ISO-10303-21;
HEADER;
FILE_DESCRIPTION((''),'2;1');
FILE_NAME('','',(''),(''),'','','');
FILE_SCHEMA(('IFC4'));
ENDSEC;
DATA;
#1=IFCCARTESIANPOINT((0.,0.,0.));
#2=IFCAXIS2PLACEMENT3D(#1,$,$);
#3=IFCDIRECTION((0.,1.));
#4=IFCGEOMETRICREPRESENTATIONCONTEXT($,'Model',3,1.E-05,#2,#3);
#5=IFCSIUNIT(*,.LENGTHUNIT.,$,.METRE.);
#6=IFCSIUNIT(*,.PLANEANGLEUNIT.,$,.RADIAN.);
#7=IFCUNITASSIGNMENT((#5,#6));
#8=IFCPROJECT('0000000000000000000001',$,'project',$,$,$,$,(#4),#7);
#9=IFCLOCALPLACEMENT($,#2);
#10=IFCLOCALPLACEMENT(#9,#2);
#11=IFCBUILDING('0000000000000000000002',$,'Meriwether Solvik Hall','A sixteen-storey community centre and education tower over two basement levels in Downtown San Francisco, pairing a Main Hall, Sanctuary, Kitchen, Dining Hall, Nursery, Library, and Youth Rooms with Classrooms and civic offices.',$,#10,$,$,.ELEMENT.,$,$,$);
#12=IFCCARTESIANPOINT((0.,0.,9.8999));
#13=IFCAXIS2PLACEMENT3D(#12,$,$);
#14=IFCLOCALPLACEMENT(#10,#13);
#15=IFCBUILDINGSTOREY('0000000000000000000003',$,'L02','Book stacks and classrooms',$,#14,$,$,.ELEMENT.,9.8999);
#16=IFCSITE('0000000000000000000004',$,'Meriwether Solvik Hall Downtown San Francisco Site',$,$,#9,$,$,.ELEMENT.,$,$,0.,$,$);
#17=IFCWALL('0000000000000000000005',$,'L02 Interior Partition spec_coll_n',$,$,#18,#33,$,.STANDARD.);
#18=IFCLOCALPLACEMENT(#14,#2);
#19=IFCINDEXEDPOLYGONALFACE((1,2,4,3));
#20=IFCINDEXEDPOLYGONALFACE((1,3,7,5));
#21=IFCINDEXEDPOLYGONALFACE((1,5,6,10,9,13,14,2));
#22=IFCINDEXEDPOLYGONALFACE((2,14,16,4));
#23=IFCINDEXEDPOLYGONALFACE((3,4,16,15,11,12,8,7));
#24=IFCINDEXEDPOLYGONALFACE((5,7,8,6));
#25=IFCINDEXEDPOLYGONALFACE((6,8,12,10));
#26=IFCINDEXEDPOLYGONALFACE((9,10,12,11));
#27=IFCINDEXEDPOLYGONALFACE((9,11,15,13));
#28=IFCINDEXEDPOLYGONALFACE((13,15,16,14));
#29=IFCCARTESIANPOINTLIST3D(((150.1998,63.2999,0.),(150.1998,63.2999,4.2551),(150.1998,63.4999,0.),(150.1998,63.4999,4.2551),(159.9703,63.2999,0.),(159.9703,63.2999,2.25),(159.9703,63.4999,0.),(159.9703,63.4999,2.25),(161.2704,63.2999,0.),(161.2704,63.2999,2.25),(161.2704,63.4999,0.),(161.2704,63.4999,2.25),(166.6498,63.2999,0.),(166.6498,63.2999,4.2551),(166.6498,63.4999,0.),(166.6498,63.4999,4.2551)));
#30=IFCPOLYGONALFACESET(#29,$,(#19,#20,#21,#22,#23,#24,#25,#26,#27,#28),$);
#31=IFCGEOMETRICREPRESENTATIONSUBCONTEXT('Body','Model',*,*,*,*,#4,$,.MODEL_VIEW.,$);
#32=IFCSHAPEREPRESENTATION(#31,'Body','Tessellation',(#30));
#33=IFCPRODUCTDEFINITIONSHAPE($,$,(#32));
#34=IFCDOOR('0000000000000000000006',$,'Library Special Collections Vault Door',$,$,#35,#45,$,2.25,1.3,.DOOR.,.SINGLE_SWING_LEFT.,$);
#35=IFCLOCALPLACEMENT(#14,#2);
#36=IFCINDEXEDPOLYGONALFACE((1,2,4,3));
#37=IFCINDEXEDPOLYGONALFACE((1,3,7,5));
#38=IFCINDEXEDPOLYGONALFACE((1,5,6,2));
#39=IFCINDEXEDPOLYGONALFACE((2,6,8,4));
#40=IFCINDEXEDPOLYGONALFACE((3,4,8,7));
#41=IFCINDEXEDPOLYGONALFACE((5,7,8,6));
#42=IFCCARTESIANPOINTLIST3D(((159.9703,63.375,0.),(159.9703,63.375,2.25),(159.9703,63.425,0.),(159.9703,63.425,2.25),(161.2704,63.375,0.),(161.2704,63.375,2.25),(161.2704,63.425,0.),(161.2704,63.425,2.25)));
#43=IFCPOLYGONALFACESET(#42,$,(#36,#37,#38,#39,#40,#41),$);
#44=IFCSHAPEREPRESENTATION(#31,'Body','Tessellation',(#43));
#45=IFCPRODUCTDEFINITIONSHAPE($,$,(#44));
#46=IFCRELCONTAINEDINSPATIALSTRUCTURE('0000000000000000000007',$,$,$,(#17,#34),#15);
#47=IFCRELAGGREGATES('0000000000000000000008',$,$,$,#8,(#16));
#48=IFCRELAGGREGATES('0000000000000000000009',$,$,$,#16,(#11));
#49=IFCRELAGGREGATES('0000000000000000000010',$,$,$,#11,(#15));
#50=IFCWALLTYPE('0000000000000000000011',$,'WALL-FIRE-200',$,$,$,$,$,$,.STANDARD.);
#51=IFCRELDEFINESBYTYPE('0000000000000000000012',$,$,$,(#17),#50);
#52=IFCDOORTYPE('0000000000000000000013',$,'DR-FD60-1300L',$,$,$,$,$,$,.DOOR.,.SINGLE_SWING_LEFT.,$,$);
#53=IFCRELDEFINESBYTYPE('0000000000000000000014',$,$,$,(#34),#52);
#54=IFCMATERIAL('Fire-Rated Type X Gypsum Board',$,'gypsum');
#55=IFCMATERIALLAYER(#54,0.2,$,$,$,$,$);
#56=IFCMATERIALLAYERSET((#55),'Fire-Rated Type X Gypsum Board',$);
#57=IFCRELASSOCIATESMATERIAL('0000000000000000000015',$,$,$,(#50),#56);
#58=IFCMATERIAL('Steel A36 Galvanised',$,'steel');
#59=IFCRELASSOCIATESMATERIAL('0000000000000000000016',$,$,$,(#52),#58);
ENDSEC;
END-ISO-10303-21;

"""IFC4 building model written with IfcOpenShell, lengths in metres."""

from ifc_helpers import new_model, si_unit, direction, frame, frame_2d, origin, place, context, subcontext, project, spatial, rectangle, extrude, material, layer, layer_set, type_object, element, fill, save


model = new_model("IFC4")

# Units and contexts
model_context = context("Model", 3, precision=1e-05, world=origin(), true_north=direction((0.0, 1.0)))
body_context = subcontext(model_context, "Body", "Model", "MODEL_VIEW")
ifc_project = project(units=[si_unit("LENGTHUNIT", "METRE"), si_unit("PLANEANGLEUNIT", "RADIAN")], contexts=[model_context])

# Site, building, storey
site_placement = place(None, origin())
site = spatial("IfcSite", under=ifc_project, at=site_placement, Name="Meriwether Solvik Hall Downtown San Francisco Site", CompositionType="ELEMENT", RefElevation=0.0)
building_placement = place(site_placement, origin())
building = spatial("IfcBuilding", under=site, at=building_placement, Name="Meriwether Solvik Hall", Description="A sixteen-storey community centre and education tower over two basement levels in Downtown San Francisco, pairing a Main Hall, Sanctuary, Kitchen, Dining Hall, Nursery, Library, and Youth Rooms with Classrooms and civic offices.", CompositionType="ELEMENT")
storey_placement = place(building_placement, frame((0.0, 0.0, 9.8999)))
storey = spatial("IfcBuildingStorey", under=building, at=storey_placement, Name="L02", Description="Book stacks and classrooms", CompositionType="ELEMENT", Elevation=9.8999)

# Wall, opening, door
ifc_material_1 = material(Name="Fire-Rated Type X Gypsum Board", Category="gypsum")
ifc_layer_1 = layer(ifc_material_1, 0.2)
ifc_layer_set_1 = layer_set([ifc_layer_1], Name="Fire-Rated Type X Gypsum Board")
wall_type = type_object("IfcWallType", Name="WALL-FIRE-200", PredefinedType="STANDARD", material=ifc_layer_set_1)
wall_placement = place(storey_placement, frame((166.6499, 63.3999, 0.0), z_axis=(0.0, 0.0, 1.0), x_axis=(-1.0, 0.0, 0.0)))
wall = element("IfcWall", 1, at=wall_placement, inside=storey, type_object=wall_type, Name="L02 Interior Partition spec_coll_n", PredefinedType="STANDARD", context=body_context, shape_type="SweptSolid", body=[
    extrude(rectangle(XDim=16.45, YDim=0.2, at=frame_2d((8.2251, 0.0))), origin(), (0.0, 0.0, 1.0), 4.2551),
])
opening_placement = place(wall_placement, frame((5.3796, 0.0, 0.0)))
opening = element("IfcOpeningElement", 2, at=opening_placement, cuts=wall, PredefinedType="OPENING", context=body_context, shape_type="SweptSolid", body=[
    extrude(rectangle(XDim=1.3, YDim=2.25, at=frame_2d((0.6499, 1.125))), frame((0.0, 0.1118, 0.0), z_axis=(0.0, -1.0, 0.0), x_axis=(1.0, 0.0, 0.0)), (0.0, 0.0, 1.0), 0.2239),
])
ifc_material_2 = material(Name="Steel A36 Galvanised", Category="steel")
door_type = type_object("IfcDoorType", Name="DR-FD60-1300L", OperationType="SINGLE_SWING_LEFT", PredefinedType="DOOR", material=ifc_material_2)
door_placement = place(opening_placement, origin())
door = element("IfcDoor", 3, at=door_placement, inside=storey, type_object=door_type, Name="Library Special Collections Vault Door", OperationType="SINGLE_SWING_LEFT", OverallHeight=2.25, OverallWidth=1.3, PredefinedType="DOOR", context=body_context, shape_type="SweptSolid", body=[
    extrude(rectangle(XDim=1.3, YDim=2.25, at=frame_2d((0.6499, 1.125))), frame((0.0, 0.0249, 0.0), z_axis=(0.0, -1.0, 0.0), x_axis=(1.0, 0.0, 0.0)), (0.0, 0.0, 1.0), 0.05),
])
fill(opening, door)

save(model, "model.ifc")
